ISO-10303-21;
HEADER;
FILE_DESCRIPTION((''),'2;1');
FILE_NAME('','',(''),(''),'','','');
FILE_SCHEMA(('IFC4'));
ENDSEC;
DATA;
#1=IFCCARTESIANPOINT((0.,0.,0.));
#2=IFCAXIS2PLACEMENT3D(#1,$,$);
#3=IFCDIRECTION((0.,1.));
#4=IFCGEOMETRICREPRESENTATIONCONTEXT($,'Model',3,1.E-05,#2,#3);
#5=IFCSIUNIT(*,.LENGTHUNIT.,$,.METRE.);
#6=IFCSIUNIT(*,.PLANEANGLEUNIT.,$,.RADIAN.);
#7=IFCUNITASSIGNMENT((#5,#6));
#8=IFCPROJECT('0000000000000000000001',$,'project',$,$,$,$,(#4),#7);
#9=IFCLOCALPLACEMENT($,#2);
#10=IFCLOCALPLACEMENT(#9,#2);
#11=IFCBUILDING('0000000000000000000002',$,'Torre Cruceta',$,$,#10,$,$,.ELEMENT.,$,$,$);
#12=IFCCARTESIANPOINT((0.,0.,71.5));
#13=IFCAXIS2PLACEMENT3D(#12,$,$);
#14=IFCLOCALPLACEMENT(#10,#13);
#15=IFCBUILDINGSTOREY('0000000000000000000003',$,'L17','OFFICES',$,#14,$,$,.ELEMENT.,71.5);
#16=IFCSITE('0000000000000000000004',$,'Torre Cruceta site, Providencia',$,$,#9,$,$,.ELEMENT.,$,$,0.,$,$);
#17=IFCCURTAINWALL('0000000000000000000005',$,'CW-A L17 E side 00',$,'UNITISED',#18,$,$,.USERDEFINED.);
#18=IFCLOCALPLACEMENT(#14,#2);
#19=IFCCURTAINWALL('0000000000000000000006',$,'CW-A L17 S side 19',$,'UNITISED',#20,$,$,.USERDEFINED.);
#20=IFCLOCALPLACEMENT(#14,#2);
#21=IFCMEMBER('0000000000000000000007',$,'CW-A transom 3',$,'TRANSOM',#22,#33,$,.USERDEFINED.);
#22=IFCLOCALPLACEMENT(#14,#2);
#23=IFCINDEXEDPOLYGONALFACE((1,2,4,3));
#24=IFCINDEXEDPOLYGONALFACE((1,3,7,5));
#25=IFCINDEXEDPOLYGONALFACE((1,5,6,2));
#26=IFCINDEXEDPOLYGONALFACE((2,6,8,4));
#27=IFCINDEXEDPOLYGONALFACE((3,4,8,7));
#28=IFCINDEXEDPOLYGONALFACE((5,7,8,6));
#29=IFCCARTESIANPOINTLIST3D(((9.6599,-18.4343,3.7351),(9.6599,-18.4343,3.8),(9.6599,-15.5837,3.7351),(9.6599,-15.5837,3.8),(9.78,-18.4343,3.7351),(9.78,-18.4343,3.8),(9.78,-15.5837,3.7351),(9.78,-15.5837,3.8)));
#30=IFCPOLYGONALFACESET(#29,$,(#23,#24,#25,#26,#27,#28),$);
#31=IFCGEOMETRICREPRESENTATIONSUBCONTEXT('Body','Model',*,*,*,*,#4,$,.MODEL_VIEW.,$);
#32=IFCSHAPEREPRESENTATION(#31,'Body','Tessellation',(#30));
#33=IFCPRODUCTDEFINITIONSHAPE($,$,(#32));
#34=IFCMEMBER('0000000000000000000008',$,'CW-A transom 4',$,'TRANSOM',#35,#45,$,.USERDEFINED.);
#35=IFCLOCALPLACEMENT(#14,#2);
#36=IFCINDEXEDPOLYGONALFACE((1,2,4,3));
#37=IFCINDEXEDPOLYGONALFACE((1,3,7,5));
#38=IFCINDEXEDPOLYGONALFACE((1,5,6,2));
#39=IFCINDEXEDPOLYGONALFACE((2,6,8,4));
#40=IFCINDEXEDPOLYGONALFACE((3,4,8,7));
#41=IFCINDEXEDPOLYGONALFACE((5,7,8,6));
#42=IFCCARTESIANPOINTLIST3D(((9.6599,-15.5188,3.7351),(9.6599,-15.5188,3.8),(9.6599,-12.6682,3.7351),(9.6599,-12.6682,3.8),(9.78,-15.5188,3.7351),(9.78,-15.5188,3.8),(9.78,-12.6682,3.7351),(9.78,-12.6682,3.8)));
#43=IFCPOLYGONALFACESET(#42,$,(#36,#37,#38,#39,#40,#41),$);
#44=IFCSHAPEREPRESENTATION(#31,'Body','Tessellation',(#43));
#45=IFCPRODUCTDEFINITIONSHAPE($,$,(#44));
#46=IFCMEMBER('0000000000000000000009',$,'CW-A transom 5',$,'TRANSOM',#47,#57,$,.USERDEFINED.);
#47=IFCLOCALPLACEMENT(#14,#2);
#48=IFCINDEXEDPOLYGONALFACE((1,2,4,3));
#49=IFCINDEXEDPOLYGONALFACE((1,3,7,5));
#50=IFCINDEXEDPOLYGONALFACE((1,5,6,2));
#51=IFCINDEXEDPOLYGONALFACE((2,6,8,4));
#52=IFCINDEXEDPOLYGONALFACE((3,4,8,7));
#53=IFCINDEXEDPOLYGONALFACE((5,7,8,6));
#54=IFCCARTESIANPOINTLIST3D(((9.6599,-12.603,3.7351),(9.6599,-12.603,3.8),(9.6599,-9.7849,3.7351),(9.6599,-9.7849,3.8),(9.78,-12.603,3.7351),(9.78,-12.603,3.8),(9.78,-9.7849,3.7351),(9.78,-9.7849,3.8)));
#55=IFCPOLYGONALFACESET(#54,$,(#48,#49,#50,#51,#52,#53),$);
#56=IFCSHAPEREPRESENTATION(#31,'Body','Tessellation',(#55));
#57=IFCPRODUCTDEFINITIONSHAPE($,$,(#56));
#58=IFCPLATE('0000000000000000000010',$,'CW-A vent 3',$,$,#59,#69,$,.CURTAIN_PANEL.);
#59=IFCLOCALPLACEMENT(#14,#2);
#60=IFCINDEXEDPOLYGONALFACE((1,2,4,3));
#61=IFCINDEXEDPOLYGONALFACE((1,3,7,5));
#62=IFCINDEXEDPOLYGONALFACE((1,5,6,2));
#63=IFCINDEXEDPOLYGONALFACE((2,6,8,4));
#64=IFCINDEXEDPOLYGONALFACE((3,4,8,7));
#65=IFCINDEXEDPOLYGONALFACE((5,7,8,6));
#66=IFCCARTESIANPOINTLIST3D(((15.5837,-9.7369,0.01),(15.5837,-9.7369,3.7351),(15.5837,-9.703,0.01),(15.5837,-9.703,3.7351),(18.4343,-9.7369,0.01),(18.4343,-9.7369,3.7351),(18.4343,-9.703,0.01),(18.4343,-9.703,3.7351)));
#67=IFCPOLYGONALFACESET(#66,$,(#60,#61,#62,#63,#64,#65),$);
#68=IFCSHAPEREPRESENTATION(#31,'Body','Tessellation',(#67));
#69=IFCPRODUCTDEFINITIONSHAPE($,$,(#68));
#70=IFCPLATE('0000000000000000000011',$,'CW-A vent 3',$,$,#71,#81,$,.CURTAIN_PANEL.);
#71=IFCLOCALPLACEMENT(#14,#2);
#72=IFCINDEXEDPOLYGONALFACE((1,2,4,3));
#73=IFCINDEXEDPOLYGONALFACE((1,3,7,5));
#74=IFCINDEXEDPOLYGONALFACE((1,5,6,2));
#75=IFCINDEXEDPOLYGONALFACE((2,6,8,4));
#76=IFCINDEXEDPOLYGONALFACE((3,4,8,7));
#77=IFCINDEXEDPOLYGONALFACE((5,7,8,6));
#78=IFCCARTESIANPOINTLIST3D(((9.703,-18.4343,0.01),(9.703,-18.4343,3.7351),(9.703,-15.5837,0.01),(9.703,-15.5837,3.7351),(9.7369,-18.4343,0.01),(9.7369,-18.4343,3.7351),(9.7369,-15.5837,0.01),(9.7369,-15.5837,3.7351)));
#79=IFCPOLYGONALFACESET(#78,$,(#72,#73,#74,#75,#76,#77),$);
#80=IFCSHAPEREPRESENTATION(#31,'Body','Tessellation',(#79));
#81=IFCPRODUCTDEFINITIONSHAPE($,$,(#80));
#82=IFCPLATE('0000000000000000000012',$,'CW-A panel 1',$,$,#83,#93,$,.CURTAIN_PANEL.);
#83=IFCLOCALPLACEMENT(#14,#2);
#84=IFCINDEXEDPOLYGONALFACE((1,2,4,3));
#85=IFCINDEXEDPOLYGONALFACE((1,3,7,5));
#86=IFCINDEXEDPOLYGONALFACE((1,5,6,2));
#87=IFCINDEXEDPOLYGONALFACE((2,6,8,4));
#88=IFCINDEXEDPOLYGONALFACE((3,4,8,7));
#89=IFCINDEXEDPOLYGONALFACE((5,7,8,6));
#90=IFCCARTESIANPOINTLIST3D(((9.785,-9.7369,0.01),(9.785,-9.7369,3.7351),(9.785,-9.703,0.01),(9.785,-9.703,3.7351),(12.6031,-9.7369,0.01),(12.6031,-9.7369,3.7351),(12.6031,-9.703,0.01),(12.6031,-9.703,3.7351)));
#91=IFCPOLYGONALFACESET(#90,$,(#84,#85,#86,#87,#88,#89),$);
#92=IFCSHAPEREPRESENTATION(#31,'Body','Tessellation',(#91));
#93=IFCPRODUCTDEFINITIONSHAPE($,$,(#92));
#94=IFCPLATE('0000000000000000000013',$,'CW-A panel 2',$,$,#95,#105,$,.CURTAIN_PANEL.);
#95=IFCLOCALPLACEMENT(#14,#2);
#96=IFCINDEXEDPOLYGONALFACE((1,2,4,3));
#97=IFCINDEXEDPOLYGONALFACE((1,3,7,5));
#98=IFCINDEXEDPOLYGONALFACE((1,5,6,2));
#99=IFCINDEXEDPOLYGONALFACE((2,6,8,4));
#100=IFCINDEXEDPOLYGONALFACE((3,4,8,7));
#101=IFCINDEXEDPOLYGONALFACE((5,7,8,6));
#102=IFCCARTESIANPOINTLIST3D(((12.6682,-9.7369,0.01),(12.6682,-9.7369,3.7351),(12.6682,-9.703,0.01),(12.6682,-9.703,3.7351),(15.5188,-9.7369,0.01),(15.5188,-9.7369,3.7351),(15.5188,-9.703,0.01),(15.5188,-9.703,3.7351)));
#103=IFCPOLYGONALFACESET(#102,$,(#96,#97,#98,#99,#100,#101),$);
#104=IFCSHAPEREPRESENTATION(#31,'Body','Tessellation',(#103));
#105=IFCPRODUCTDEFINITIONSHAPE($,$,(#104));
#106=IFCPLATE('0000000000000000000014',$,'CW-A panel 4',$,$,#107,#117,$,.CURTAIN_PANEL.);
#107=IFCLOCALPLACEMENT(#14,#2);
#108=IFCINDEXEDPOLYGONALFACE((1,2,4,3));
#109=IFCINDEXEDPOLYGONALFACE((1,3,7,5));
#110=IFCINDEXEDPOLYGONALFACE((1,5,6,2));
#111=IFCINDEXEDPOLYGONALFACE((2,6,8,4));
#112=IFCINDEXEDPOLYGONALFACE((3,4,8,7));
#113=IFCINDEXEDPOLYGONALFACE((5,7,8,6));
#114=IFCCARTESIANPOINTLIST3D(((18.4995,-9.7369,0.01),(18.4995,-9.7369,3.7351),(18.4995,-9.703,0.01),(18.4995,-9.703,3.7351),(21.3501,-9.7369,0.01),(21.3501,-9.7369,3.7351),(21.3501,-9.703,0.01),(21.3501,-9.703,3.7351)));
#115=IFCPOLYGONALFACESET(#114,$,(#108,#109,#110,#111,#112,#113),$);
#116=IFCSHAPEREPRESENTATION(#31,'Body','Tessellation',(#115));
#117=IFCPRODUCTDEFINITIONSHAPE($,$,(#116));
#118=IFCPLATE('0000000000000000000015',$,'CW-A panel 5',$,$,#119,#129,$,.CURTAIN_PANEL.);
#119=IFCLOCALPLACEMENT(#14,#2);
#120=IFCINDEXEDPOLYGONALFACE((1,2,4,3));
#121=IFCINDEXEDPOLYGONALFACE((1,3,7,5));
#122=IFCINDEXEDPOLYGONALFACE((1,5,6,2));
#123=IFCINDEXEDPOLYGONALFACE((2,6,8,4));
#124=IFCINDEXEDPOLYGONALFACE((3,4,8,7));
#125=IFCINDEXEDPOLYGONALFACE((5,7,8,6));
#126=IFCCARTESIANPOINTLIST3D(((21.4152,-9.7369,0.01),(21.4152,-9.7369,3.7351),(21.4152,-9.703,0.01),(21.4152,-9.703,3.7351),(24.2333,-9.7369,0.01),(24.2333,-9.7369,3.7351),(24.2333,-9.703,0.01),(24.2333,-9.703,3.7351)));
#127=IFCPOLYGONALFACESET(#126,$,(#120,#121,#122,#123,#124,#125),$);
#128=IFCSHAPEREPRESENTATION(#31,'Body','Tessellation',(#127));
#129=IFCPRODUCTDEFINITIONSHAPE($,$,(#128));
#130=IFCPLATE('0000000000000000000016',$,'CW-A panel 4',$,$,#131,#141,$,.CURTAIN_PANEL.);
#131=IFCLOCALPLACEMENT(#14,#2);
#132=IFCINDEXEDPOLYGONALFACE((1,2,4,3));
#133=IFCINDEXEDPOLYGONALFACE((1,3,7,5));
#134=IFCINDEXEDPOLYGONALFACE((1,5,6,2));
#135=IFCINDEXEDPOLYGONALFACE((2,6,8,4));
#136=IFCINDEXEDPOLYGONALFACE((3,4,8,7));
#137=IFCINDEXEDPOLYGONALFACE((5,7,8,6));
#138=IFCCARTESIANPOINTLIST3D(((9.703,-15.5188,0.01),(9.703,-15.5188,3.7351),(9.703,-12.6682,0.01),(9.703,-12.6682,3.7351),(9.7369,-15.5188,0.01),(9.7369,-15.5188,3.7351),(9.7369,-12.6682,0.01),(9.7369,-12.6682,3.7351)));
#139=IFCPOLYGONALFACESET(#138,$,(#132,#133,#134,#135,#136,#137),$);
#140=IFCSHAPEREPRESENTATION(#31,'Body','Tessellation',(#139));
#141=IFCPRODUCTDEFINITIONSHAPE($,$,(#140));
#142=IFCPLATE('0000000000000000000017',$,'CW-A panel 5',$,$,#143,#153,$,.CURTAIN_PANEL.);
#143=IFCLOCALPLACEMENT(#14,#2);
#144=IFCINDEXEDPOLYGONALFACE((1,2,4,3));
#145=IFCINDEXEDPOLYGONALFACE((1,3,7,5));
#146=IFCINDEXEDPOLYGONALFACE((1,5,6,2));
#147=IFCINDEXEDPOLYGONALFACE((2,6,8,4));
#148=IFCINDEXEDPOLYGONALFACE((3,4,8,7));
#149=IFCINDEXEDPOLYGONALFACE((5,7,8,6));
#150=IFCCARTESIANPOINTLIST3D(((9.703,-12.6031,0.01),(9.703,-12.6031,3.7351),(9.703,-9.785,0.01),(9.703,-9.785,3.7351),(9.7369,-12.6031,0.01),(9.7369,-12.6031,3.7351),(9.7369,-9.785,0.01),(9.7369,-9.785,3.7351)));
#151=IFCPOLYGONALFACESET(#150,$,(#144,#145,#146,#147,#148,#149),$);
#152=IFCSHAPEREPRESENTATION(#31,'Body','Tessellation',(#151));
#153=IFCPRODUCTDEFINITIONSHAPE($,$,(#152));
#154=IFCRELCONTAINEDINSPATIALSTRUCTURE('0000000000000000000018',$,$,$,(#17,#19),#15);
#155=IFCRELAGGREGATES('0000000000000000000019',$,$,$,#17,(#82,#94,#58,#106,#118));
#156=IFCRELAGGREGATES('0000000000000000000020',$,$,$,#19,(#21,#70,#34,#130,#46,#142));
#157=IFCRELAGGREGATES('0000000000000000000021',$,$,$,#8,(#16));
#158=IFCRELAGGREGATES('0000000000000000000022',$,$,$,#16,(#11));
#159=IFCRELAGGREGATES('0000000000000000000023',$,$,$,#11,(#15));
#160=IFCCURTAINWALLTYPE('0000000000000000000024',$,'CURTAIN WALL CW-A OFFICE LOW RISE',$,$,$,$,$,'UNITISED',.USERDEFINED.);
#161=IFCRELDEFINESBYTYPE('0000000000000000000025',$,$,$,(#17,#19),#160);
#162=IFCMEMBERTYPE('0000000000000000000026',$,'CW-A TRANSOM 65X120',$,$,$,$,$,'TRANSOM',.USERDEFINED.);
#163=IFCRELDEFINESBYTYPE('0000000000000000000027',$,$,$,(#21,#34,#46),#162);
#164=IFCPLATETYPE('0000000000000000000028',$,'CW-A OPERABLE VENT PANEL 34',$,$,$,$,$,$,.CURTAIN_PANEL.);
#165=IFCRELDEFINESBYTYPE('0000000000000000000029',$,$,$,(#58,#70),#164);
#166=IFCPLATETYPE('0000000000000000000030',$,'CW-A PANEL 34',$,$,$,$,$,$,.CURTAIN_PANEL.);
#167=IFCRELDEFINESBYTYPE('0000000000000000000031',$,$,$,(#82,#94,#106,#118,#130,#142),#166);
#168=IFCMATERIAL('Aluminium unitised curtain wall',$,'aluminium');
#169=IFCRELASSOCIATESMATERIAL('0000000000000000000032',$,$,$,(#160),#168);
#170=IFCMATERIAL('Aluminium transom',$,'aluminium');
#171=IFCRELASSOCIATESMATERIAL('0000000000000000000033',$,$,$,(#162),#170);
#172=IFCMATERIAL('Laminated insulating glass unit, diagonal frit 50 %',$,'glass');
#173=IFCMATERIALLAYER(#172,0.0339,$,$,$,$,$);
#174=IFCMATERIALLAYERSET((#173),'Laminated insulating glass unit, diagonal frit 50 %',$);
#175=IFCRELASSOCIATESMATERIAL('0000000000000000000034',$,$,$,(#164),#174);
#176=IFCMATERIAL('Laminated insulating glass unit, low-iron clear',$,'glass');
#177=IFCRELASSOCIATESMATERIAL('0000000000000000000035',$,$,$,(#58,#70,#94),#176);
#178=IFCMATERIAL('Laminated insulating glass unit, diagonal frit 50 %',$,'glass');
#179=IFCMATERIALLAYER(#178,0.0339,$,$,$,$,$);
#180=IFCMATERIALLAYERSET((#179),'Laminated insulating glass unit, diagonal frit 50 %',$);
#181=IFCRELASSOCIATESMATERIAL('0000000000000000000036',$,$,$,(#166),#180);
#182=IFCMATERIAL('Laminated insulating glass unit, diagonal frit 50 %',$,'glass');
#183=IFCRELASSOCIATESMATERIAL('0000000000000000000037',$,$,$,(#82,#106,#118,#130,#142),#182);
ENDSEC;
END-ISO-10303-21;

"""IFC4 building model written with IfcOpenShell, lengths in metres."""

from ifc_helpers import new_model, si_unit, direction, frame, origin, origin_2d, place, context, subcontext, project, spatial, rectangle, extrude, material, layer, layer_set, material_profile, profile_set, type_object, element, aggregate, save


model = new_model("IFC4")

# Units and contexts
model_context = context("Model", 3, precision=1e-05, world=origin(), true_north=direction((0.0, 1.0)))
body_context = subcontext(model_context, "Body", "Model", "MODEL_VIEW")
ifc_project = project(units=[si_unit("LENGTHUNIT", "METRE"), si_unit("PLANEANGLEUNIT", "RADIAN")], contexts=[model_context])

# Site, building, storey
site_placement = place(None, origin())
site = spatial("IfcSite", under=ifc_project, at=site_placement, Name="Torre Cruceta site, Providencia", CompositionType="ELEMENT", RefElevation=0.0)
building_placement = place(site_placement, origin())
building = spatial("IfcBuilding", under=site, at=building_placement, Name="Torre Cruceta", CompositionType="ELEMENT")
storey_placement = place(building_placement, frame((0.0, 0.0, 71.5)))
storey = spatial("IfcBuildingStorey", under=building, at=storey_placement, Name="L17", Description="OFFICES", CompositionType="ELEMENT", Elevation=71.5)

# Curtain walls
ifc_material_1 = material(Name="Aluminium unitised curtain wall", Category="aluminium")
curtain_wall_type = type_object("IfcCurtainWallType", Name="CURTAIN WALL CW-A OFFICE LOW RISE", ElementType="UNITISED", PredefinedType="USERDEFINED", material=ifc_material_1)
curtain_wall_1_placement = place(storey_placement, origin())
curtain_wall_1 = element("IfcCurtainWall", 1, at=curtain_wall_1_placement, inside=storey, type_object=curtain_wall_type, Name="CW-A L17 E side 00", ObjectType="UNITISED", PredefinedType="USERDEFINED")
curtain_wall_2_placement = place(storey_placement, origin())
curtain_wall_2 = element("IfcCurtainWall", 2, at=curtain_wall_2_placement, inside=storey, type_object=curtain_wall_type, Name="CW-A L17 S side 19", ObjectType="UNITISED", PredefinedType="USERDEFINED")

# Members
ifc_material_2 = material(Name="Aluminium transom", Category="aluminium")
ifc_material_profile_1 = material_profile(ifc_material_2, rectangle(XDim=0.1201, YDim=0.0649, at=origin_2d()), Name="AL 120X65")
ifc_profile_set_1 = profile_set([ifc_material_profile_1], Name="Aluminium transom")
member_type_1 = type_object("IfcMemberType", Name="CW-A TRANSOM 65X120", ElementType="TRANSOM", PredefinedType="USERDEFINED", material=ifc_profile_set_1)
member_1_placement = place(storey_placement, frame((9.72, -18.4343, 3.7676), z_axis=(0.0, 1.0, 0.0), x_axis=(-1.0, 0.0, 0.0)))
member_1 = element("IfcMember", 3, at=member_1_placement, type_object=member_type_1, Name="CW-A transom 3", ObjectType="TRANSOM", PredefinedType="USERDEFINED", context=body_context, shape_type="SweptSolid", body=[
    extrude(rectangle(XDim=0.1201, YDim=0.0649, at=origin_2d()), origin(), (0.0, 0.0, 1.0), 2.8506),
])
member_2_placement = place(storey_placement, frame((9.72, -15.5188, 3.7676), z_axis=(0.0, 1.0, 0.0), x_axis=(-1.0, 0.0, 0.0)))
member_2 = element("IfcMember", 4, at=member_2_placement, type_object=member_type_1, Name="CW-A transom 4", ObjectType="TRANSOM", PredefinedType="USERDEFINED", context=body_context, shape_type="SweptSolid", body=[
    extrude(rectangle(XDim=0.1201, YDim=0.0649, at=origin_2d()), origin(), (0.0, 0.0, 1.0), 2.8506),
])
member_3_placement = place(storey_placement, frame((9.72, -12.603, 3.7676), z_axis=(0.0, 1.0, 0.0), x_axis=(-1.0, 0.0, 0.0)))
member_3 = element("IfcMember", 5, at=member_3_placement, type_object=member_type_1, Name="CW-A transom 5", ObjectType="TRANSOM", PredefinedType="USERDEFINED", context=body_context, shape_type="SweptSolid", body=[
    extrude(rectangle(XDim=0.1201, YDim=0.0649, at=origin_2d()), origin(), (0.0, 0.0, 1.0), 2.8181),
])

# Plates
ifc_material_3 = material(Name="Laminated insulating glass unit, low-iron clear", Category="glass")
ifc_material_4 = material(Name="Laminated insulating glass unit, diagonal frit 50 %", Category="glass")
ifc_layer_1 = layer(ifc_material_4, 0.0339)
ifc_layer_set_1 = layer_set([ifc_layer_1], Name="Laminated insulating glass unit, diagonal frit 50 %")
plate_type_1 = type_object("IfcPlateType", Name="CW-A OPERABLE VENT PANEL 34", PredefinedType="CURTAIN_PANEL", material=ifc_layer_set_1)
plate_1_placement = place(storey_placement, frame((17.009, -9.72, 0.01), z_axis=(0.0, 0.0, 1.0), x_axis=(1.0, 0.0, 0.0)))
plate_1 = element("IfcPlate", 6, at=plate_1_placement, type_object=plate_type_1, material=ifc_material_3, Name="CW-A vent 3", PredefinedType="CURTAIN_PANEL", context=body_context, shape_type="SweptSolid", body=[
    extrude(rectangle(XDim=2.8506, YDim=0.0339, at=origin_2d()), origin(), (0.0, 0.0, 1.0), 3.7251),
])
plate_2_placement = place(storey_placement, frame((9.72, -17.009, 0.01), z_axis=(0.0, 0.0, 1.0), x_axis=(0.0, 1.0, 0.0)))
plate_2 = element("IfcPlate", 7, at=plate_2_placement, type_object=plate_type_1, material=ifc_material_3, Name="CW-A vent 3", PredefinedType="CURTAIN_PANEL", context=body_context, shape_type="SweptSolid", body=[
    extrude(rectangle(XDim=2.8506, YDim=0.0339, at=origin_2d()), origin(), (0.0, 0.0, 1.0), 3.7251),
])
ifc_material_5 = material(Name="Laminated insulating glass unit, diagonal frit 50 %", Category="glass")
ifc_material_6 = material(Name="Laminated insulating glass unit, diagonal frit 50 %", Category="glass")
ifc_layer_2 = layer(ifc_material_6, 0.0339)
ifc_layer_set_2 = layer_set([ifc_layer_2], Name="Laminated insulating glass unit, diagonal frit 50 %")
plate_type_2 = type_object("IfcPlateType", Name="CW-A PANEL 34", PredefinedType="CURTAIN_PANEL", material=ifc_layer_set_2)
plate_3_placement = place(storey_placement, frame((11.1941, -9.72, 0.01), z_axis=(0.0, 0.0, 1.0), x_axis=(1.0, 0.0, 0.0)))
plate_3 = element("IfcPlate", 8, at=plate_3_placement, type_object=plate_type_2, material=ifc_material_5, Name="CW-A panel 1", PredefinedType="CURTAIN_PANEL", context=body_context, shape_type="SweptSolid", body=[
    extrude(rectangle(XDim=2.8181, YDim=0.0339, at=origin_2d()), origin(), (0.0, 0.0, 1.0), 3.7251),
])
plate_4_placement = place(storey_placement, frame((14.0935, -9.72, 0.01), z_axis=(0.0, 0.0, 1.0), x_axis=(1.0, 0.0, 0.0)))
plate_4 = element("IfcPlate", 9, at=plate_4_placement, type_object=plate_type_2, material=ifc_material_3, Name="CW-A panel 2", PredefinedType="CURTAIN_PANEL", context=body_context, shape_type="SweptSolid", body=[
    extrude(rectangle(XDim=2.8506, YDim=0.0339, at=origin_2d()), origin(), (0.0, 0.0, 1.0), 3.7251),
])
plate_5_placement = place(storey_placement, frame((19.9248, -9.72, 0.01), z_axis=(0.0, 0.0, 1.0), x_axis=(1.0, 0.0, 0.0)))
plate_5 = element("IfcPlate", 10, at=plate_5_placement, type_object=plate_type_2, material=ifc_material_5, Name="CW-A panel 4", PredefinedType="CURTAIN_PANEL", context=body_context, shape_type="SweptSolid", body=[
    extrude(rectangle(XDim=2.8506, YDim=0.0339, at=origin_2d()), origin(), (0.0, 0.0, 1.0), 3.7251),
])
plate_6_placement = place(storey_placement, frame((22.8242, -9.72, 0.01), z_axis=(0.0, 0.0, 1.0), x_axis=(1.0, 0.0, 0.0)))
plate_6 = element("IfcPlate", 11, at=plate_6_placement, type_object=plate_type_2, material=ifc_material_5, Name="CW-A panel 5", PredefinedType="CURTAIN_PANEL", context=body_context, shape_type="SweptSolid", body=[
    extrude(rectangle(XDim=2.8181, YDim=0.0339, at=origin_2d()), origin(), (0.0, 0.0, 1.0), 3.7251),
])
aggregate(curtain_wall_1, [plate_3, plate_4, plate_1, plate_5, plate_6])
plate_7_placement = place(storey_placement, frame((9.72, -14.0935, 0.01), z_axis=(0.0, 0.0, 1.0), x_axis=(0.0, 1.0, 0.0)))
plate_7 = element("IfcPlate", 12, at=plate_7_placement, type_object=plate_type_2, material=ifc_material_5, Name="CW-A panel 4", PredefinedType="CURTAIN_PANEL", context=body_context, shape_type="SweptSolid", body=[
    extrude(rectangle(XDim=2.8506, YDim=0.0339, at=origin_2d()), origin(), (0.0, 0.0, 1.0), 3.7251),
])
plate_8_placement = place(storey_placement, frame((9.72, -11.1941, 0.01), z_axis=(0.0, 0.0, 1.0), x_axis=(0.0, 1.0, 0.0)))
plate_8 = element("IfcPlate", 13, at=plate_8_placement, type_object=plate_type_2, material=ifc_material_5, Name="CW-A panel 5", PredefinedType="CURTAIN_PANEL", context=body_context, shape_type="SweptSolid", body=[
    extrude(rectangle(XDim=2.8181, YDim=0.0339, at=origin_2d()), origin(), (0.0, 0.0, 1.0), 3.7251),
])
aggregate(curtain_wall_2, [member_1, plate_2, member_2, plate_7, member_3, plate_8])

save(model, "model.ifc")
